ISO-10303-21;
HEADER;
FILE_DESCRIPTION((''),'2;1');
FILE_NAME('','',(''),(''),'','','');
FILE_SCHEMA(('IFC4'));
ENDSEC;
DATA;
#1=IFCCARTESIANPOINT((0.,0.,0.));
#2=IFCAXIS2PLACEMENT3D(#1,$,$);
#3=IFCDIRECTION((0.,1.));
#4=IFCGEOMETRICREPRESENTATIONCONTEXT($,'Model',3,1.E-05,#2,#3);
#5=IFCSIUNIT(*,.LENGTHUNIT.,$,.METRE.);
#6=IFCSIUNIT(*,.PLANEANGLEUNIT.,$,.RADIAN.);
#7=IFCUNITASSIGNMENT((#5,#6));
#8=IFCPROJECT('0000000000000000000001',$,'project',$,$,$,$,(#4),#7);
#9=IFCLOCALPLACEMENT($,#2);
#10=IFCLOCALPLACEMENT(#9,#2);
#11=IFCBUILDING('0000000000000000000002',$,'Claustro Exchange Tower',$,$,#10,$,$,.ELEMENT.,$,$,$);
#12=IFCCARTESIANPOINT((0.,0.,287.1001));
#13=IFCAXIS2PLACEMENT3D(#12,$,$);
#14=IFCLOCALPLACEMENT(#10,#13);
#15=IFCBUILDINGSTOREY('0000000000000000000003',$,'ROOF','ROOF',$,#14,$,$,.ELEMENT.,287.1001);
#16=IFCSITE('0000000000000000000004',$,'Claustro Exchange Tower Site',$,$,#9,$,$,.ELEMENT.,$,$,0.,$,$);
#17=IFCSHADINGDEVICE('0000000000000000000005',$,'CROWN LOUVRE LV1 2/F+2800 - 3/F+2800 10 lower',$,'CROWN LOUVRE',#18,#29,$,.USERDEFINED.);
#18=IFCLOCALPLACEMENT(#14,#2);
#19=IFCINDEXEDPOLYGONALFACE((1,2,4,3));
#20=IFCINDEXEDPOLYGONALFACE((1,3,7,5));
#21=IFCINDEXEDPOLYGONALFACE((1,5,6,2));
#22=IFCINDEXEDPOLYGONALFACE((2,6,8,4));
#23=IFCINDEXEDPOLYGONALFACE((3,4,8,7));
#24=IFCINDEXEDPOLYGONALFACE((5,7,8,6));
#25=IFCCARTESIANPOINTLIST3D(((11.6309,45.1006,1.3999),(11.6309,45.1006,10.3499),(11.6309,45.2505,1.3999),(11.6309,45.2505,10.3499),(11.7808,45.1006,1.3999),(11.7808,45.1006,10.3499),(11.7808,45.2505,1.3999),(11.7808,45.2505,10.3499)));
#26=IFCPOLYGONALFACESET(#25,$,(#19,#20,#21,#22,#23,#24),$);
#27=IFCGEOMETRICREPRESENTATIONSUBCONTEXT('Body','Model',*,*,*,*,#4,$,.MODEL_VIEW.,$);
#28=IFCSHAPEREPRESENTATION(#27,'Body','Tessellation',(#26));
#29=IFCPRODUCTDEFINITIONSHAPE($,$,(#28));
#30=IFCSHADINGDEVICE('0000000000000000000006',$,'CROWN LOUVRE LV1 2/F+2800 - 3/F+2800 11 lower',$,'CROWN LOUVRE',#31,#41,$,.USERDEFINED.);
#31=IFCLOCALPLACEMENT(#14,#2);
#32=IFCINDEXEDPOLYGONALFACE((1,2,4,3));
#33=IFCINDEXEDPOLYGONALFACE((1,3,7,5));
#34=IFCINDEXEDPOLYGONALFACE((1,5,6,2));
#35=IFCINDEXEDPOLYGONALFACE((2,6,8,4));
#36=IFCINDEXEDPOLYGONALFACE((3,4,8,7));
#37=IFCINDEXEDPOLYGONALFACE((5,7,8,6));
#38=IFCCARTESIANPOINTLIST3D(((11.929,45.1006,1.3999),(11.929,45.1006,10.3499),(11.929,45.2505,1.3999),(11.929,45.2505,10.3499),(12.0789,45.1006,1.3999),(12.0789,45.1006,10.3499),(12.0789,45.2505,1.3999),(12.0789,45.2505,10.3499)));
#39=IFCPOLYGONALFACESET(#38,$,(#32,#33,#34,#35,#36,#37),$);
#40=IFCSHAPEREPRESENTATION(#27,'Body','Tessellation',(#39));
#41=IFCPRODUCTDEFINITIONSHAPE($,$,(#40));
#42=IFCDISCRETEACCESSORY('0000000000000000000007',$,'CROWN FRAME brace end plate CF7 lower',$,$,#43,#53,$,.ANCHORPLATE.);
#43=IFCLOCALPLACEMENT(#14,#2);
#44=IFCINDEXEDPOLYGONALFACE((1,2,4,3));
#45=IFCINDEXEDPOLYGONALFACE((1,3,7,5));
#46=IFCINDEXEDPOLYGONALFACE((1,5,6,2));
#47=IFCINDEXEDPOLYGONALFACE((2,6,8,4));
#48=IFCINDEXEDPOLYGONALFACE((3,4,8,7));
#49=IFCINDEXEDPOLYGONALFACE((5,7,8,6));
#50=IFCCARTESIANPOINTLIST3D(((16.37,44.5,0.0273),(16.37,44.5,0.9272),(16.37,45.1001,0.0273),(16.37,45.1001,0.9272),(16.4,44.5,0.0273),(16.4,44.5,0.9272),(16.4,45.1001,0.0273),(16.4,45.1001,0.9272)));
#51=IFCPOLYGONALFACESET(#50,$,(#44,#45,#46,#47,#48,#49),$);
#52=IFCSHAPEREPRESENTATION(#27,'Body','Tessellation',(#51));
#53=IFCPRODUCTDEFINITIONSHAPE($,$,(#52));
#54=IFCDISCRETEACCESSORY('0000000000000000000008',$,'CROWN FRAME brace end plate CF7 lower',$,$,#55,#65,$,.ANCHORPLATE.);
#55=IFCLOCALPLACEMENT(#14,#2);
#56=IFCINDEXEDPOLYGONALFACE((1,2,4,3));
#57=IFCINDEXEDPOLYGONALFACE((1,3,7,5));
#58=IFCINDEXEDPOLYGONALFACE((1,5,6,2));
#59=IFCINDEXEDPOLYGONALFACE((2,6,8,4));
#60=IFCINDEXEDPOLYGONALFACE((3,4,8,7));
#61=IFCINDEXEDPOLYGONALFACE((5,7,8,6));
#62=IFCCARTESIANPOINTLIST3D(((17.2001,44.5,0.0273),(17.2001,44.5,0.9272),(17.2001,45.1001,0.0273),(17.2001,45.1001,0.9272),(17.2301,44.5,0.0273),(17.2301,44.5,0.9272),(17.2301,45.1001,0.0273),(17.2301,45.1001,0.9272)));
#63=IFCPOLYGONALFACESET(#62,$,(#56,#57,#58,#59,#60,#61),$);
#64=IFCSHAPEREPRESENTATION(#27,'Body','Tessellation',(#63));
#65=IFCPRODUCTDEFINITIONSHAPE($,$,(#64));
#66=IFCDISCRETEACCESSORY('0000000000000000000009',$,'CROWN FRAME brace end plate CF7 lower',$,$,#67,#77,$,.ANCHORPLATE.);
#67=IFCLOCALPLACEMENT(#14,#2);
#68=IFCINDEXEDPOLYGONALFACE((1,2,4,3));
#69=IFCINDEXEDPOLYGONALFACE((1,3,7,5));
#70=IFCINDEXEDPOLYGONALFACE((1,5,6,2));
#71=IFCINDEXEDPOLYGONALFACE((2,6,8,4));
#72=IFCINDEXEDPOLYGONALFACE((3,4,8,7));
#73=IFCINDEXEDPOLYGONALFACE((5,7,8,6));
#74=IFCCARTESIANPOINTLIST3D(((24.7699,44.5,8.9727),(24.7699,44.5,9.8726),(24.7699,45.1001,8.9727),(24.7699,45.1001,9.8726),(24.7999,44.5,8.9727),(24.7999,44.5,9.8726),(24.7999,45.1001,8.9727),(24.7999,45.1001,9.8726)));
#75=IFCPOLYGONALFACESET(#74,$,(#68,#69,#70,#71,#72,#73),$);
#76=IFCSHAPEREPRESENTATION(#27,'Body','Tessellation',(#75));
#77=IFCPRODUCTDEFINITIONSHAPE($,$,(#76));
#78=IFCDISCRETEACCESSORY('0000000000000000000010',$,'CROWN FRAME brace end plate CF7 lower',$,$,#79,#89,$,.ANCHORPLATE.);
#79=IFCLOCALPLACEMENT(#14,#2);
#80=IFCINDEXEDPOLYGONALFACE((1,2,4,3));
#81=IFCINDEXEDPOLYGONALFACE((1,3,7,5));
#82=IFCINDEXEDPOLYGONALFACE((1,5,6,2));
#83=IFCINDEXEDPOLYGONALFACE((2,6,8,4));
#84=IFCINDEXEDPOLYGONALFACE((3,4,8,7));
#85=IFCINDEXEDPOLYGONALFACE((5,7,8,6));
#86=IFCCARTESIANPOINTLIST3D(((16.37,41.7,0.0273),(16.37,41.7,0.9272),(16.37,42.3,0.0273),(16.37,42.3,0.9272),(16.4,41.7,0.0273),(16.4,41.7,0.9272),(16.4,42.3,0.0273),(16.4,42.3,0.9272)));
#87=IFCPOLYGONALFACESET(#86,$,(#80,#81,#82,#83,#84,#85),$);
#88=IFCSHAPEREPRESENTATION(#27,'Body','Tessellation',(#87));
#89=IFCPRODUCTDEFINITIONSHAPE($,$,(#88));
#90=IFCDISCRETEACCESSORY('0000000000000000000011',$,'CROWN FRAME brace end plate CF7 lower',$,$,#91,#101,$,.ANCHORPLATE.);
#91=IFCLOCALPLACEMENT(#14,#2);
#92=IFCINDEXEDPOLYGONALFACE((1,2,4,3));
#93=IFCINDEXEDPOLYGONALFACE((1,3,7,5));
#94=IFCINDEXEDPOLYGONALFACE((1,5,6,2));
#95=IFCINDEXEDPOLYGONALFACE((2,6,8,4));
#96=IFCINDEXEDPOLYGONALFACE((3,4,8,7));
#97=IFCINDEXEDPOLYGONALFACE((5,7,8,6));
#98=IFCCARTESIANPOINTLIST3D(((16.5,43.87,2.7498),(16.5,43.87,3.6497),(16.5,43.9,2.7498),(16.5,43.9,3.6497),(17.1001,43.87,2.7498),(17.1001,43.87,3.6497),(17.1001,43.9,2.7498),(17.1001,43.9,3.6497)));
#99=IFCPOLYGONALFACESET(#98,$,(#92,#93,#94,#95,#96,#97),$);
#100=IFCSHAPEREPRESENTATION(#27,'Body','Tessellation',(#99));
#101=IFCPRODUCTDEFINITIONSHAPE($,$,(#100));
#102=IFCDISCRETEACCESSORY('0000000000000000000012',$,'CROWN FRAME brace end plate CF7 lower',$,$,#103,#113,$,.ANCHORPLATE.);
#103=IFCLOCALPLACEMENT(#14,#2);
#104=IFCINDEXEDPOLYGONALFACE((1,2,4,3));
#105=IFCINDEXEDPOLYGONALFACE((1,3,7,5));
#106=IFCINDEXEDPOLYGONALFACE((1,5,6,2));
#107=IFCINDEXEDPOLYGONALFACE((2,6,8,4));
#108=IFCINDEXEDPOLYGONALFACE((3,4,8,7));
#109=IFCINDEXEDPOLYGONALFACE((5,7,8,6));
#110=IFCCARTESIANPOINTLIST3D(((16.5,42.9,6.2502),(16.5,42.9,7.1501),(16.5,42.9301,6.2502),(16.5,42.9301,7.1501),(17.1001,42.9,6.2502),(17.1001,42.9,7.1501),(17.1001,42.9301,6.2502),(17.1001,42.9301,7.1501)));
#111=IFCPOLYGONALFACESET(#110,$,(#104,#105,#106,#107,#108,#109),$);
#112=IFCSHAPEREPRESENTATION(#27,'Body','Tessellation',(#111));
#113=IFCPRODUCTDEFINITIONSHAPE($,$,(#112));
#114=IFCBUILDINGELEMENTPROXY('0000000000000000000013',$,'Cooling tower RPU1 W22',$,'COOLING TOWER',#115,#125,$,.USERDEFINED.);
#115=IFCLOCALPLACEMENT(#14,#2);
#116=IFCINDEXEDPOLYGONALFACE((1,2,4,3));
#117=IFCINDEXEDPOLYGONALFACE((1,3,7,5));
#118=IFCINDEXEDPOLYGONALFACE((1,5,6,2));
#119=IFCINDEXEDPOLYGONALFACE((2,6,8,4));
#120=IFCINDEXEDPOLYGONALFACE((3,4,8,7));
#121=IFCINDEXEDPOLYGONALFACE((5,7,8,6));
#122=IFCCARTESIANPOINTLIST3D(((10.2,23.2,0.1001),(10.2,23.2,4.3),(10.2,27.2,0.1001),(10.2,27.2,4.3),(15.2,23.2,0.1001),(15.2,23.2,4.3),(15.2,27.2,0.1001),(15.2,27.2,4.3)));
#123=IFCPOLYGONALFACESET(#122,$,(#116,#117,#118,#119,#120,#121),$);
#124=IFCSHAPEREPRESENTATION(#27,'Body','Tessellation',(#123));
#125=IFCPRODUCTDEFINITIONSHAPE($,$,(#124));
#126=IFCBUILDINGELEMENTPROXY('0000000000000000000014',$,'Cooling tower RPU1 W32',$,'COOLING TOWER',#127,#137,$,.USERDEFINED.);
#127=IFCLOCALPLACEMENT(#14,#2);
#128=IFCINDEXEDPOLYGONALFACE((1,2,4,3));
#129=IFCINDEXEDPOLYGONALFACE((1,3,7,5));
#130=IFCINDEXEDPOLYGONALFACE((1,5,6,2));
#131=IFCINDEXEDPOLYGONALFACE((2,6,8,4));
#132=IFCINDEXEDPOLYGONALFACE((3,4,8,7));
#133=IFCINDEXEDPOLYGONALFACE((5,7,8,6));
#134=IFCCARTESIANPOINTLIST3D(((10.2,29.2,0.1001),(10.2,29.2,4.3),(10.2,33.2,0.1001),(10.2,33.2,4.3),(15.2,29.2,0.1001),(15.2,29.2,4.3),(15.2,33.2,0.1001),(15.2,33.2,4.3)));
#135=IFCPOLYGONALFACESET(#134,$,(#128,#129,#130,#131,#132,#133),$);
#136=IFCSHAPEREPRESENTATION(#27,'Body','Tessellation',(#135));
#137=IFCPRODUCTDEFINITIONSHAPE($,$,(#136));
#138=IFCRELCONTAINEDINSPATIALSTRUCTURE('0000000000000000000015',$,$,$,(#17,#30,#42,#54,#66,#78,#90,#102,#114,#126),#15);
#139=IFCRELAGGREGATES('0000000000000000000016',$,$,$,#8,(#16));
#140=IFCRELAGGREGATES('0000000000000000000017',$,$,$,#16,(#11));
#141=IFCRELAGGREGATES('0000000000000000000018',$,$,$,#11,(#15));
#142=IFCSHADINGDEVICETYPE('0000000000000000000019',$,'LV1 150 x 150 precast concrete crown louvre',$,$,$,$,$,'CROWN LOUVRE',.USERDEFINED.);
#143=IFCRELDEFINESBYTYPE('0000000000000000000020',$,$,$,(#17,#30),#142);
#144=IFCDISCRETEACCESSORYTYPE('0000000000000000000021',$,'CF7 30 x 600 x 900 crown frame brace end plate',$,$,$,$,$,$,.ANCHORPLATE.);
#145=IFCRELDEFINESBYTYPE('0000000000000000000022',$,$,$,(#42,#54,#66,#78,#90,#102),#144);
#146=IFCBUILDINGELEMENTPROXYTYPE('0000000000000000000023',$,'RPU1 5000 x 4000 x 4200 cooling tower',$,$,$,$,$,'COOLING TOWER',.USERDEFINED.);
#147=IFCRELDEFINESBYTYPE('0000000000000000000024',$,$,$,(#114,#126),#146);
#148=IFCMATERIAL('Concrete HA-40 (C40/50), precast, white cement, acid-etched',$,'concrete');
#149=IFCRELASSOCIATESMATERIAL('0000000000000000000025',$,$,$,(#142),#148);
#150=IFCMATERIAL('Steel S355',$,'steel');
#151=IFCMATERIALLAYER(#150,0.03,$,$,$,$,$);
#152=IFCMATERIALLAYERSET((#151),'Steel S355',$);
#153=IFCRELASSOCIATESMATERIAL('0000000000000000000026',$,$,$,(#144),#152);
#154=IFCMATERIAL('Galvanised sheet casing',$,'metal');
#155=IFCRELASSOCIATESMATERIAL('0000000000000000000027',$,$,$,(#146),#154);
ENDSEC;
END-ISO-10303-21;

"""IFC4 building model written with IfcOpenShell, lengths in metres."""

from ifc_helpers import new_model, si_unit, direction, frame, origin, origin_2d, place, context, subcontext, project, spatial, rectangle, extrude, material, layer, layer_set, type_object, element, save


model = new_model("IFC4")

# Units and contexts
model_context = context("Model", 3, precision=1e-05, world=origin(), true_north=direction((0.0, 1.0)))
body_context = subcontext(model_context, "Body", "Model", "MODEL_VIEW")
ifc_project = project(units=[si_unit("LENGTHUNIT", "METRE"), si_unit("PLANEANGLEUNIT", "RADIAN")], contexts=[model_context])

# Site, building, storey
site_placement = place(None, origin())
site = spatial("IfcSite", under=ifc_project, at=site_placement, Name="Claustro Exchange Tower Site", CompositionType="ELEMENT", RefElevation=0.0)
building_placement = place(site_placement, origin())
building = spatial("IfcBuilding", under=site, at=building_placement, Name="Claustro Exchange Tower", CompositionType="ELEMENT")
storey_placement = place(building_placement, frame((0.0, 0.0, 287.1001)))
storey = spatial("IfcBuildingStorey", under=building, at=storey_placement, Name="ROOF", Description="ROOF", CompositionType="ELEMENT", Elevation=287.1001)

# Shading devices
ifc_material_1 = material(Name="Concrete HA-40 (C40/50), precast, white cement, acid-etched", Category="concrete")
shading_device_type = type_object("IfcShadingDeviceType", Name="LV1 150 x 150 precast concrete crown louvre", ElementType="CROWN LOUVRE", PredefinedType="USERDEFINED", material=ifc_material_1)
for number, where, z_axis, x_axis, name in (
    (1, (11.7058, 45.1755, 1.3999), (0.0, 0.0, 1.0), (1.0, 0.0, 0.0), "CROWN LOUVRE LV1 2/F+2800 - 3/F+2800 10 lower"),
    (2, (12.0039, 45.1755, 1.3999), (0.0, 0.0, 1.0), (1.0, 0.0, 0.0), "CROWN LOUVRE LV1 2/F+2800 - 3/F+2800 11 lower"),
):
    element("IfcShadingDevice", number, at=place(storey_placement, frame(where, z_axis=z_axis, x_axis=x_axis)), inside=storey, type_object=shading_device_type, Name=name, ObjectType="CROWN LOUVRE", PredefinedType="USERDEFINED", context=body_context, shape_type="SweptSolid", body=[
        extrude(rectangle(XDim=0.1499, YDim=0.1499, at=origin_2d()), origin(), (0.0, 0.0, 1.0), 8.95),
    ])

# Discrete accessories
ifc_material_2 = material(Name="Steel S355", Category="steel")
ifc_layer = layer(ifc_material_2, 0.03)
ifc_layer_set = layer_set([ifc_layer], Name="Steel S355")
discrete_accessory_type = type_object("IfcDiscreteAccessoryType", Name="CF7 30 x 600 x 900 crown frame brace end plate", PredefinedType="ANCHORPLATE", material=ifc_layer_set)
for number, where, z_axis, x_axis, name in (
    (3, (16.385, 44.8, 0.0273), (0.0, 0.0, 1.0), (-1.0, 0.0, 0.0), "CROWN FRAME brace end plate CF7 lower"),
    (4, (17.2151, 44.8, 0.0273), (0.0, 0.0, 1.0), (1.0, 0.0, 0.0), "CROWN FRAME brace end plate CF7 lower"),
    (5, (24.7849, 44.8, 8.9727), (0.0, 0.0, 1.0), (1.0, 0.0, 0.0), "CROWN FRAME brace end plate CF7 lower"),
    (6, (16.385, 42.0, 0.0273), (0.0, 0.0, 1.0), (-1.0, 0.0, 0.0), "CROWN FRAME brace end plate CF7 lower"),
    (7, (16.8, 43.885, 2.7498), (0.0, 0.0, 1.0), (0.0, -1.0, 0.0), "CROWN FRAME brace end plate CF7 lower"),
    (8, (16.8, 42.915, 6.2502), (0.0, 0.0, 1.0), (0.0, -1.0, 0.0), "CROWN FRAME brace end plate CF7 lower"),
):
    element("IfcDiscreteAccessory", number, at=place(storey_placement, frame(where, z_axis=z_axis, x_axis=x_axis)), inside=storey, type_object=discrete_accessory_type, Name=name, PredefinedType="ANCHORPLATE", context=body_context, shape_type="SweptSolid", body=[
        extrude(rectangle(XDim=0.03, YDim=0.6001, at=origin_2d()), origin(), (0.0, 0.0, 1.0), 0.8999),
    ])

# Building element proxies
ifc_material_3 = material(Name="Galvanised sheet casing", Category="metal")
building_element_proxy_type = type_object("IfcBuildingElementProxyType", Name="RPU1 5000 x 4000 x 4200 cooling tower", ElementType="COOLING TOWER", PredefinedType="USERDEFINED", material=ifc_material_3)
for number, where, z_axis, x_axis, name in (
    (9, (12.7, 25.2, 0.1001), (0.0, 0.0, 1.0), (1.0, 0.0, 0.0), "Cooling tower RPU1 W22"),
    (10, (12.7, 31.2, 0.1001), (0.0, 0.0, 1.0), (1.0, 0.0, 0.0), "Cooling tower RPU1 W32"),
):
    element("IfcBuildingElementProxy", number, at=place(storey_placement, frame(where, z_axis=z_axis, x_axis=x_axis)), inside=storey, type_object=building_element_proxy_type, Name=name, ObjectType="COOLING TOWER", PredefinedType="USERDEFINED", context=body_context, shape_type="SweptSolid", body=[
        extrude(rectangle(XDim=5.0, YDim=4.0, at=origin_2d()), origin(), (0.0, 0.0, 1.0), 4.2),
    ])

save(model, "model.ifc")
